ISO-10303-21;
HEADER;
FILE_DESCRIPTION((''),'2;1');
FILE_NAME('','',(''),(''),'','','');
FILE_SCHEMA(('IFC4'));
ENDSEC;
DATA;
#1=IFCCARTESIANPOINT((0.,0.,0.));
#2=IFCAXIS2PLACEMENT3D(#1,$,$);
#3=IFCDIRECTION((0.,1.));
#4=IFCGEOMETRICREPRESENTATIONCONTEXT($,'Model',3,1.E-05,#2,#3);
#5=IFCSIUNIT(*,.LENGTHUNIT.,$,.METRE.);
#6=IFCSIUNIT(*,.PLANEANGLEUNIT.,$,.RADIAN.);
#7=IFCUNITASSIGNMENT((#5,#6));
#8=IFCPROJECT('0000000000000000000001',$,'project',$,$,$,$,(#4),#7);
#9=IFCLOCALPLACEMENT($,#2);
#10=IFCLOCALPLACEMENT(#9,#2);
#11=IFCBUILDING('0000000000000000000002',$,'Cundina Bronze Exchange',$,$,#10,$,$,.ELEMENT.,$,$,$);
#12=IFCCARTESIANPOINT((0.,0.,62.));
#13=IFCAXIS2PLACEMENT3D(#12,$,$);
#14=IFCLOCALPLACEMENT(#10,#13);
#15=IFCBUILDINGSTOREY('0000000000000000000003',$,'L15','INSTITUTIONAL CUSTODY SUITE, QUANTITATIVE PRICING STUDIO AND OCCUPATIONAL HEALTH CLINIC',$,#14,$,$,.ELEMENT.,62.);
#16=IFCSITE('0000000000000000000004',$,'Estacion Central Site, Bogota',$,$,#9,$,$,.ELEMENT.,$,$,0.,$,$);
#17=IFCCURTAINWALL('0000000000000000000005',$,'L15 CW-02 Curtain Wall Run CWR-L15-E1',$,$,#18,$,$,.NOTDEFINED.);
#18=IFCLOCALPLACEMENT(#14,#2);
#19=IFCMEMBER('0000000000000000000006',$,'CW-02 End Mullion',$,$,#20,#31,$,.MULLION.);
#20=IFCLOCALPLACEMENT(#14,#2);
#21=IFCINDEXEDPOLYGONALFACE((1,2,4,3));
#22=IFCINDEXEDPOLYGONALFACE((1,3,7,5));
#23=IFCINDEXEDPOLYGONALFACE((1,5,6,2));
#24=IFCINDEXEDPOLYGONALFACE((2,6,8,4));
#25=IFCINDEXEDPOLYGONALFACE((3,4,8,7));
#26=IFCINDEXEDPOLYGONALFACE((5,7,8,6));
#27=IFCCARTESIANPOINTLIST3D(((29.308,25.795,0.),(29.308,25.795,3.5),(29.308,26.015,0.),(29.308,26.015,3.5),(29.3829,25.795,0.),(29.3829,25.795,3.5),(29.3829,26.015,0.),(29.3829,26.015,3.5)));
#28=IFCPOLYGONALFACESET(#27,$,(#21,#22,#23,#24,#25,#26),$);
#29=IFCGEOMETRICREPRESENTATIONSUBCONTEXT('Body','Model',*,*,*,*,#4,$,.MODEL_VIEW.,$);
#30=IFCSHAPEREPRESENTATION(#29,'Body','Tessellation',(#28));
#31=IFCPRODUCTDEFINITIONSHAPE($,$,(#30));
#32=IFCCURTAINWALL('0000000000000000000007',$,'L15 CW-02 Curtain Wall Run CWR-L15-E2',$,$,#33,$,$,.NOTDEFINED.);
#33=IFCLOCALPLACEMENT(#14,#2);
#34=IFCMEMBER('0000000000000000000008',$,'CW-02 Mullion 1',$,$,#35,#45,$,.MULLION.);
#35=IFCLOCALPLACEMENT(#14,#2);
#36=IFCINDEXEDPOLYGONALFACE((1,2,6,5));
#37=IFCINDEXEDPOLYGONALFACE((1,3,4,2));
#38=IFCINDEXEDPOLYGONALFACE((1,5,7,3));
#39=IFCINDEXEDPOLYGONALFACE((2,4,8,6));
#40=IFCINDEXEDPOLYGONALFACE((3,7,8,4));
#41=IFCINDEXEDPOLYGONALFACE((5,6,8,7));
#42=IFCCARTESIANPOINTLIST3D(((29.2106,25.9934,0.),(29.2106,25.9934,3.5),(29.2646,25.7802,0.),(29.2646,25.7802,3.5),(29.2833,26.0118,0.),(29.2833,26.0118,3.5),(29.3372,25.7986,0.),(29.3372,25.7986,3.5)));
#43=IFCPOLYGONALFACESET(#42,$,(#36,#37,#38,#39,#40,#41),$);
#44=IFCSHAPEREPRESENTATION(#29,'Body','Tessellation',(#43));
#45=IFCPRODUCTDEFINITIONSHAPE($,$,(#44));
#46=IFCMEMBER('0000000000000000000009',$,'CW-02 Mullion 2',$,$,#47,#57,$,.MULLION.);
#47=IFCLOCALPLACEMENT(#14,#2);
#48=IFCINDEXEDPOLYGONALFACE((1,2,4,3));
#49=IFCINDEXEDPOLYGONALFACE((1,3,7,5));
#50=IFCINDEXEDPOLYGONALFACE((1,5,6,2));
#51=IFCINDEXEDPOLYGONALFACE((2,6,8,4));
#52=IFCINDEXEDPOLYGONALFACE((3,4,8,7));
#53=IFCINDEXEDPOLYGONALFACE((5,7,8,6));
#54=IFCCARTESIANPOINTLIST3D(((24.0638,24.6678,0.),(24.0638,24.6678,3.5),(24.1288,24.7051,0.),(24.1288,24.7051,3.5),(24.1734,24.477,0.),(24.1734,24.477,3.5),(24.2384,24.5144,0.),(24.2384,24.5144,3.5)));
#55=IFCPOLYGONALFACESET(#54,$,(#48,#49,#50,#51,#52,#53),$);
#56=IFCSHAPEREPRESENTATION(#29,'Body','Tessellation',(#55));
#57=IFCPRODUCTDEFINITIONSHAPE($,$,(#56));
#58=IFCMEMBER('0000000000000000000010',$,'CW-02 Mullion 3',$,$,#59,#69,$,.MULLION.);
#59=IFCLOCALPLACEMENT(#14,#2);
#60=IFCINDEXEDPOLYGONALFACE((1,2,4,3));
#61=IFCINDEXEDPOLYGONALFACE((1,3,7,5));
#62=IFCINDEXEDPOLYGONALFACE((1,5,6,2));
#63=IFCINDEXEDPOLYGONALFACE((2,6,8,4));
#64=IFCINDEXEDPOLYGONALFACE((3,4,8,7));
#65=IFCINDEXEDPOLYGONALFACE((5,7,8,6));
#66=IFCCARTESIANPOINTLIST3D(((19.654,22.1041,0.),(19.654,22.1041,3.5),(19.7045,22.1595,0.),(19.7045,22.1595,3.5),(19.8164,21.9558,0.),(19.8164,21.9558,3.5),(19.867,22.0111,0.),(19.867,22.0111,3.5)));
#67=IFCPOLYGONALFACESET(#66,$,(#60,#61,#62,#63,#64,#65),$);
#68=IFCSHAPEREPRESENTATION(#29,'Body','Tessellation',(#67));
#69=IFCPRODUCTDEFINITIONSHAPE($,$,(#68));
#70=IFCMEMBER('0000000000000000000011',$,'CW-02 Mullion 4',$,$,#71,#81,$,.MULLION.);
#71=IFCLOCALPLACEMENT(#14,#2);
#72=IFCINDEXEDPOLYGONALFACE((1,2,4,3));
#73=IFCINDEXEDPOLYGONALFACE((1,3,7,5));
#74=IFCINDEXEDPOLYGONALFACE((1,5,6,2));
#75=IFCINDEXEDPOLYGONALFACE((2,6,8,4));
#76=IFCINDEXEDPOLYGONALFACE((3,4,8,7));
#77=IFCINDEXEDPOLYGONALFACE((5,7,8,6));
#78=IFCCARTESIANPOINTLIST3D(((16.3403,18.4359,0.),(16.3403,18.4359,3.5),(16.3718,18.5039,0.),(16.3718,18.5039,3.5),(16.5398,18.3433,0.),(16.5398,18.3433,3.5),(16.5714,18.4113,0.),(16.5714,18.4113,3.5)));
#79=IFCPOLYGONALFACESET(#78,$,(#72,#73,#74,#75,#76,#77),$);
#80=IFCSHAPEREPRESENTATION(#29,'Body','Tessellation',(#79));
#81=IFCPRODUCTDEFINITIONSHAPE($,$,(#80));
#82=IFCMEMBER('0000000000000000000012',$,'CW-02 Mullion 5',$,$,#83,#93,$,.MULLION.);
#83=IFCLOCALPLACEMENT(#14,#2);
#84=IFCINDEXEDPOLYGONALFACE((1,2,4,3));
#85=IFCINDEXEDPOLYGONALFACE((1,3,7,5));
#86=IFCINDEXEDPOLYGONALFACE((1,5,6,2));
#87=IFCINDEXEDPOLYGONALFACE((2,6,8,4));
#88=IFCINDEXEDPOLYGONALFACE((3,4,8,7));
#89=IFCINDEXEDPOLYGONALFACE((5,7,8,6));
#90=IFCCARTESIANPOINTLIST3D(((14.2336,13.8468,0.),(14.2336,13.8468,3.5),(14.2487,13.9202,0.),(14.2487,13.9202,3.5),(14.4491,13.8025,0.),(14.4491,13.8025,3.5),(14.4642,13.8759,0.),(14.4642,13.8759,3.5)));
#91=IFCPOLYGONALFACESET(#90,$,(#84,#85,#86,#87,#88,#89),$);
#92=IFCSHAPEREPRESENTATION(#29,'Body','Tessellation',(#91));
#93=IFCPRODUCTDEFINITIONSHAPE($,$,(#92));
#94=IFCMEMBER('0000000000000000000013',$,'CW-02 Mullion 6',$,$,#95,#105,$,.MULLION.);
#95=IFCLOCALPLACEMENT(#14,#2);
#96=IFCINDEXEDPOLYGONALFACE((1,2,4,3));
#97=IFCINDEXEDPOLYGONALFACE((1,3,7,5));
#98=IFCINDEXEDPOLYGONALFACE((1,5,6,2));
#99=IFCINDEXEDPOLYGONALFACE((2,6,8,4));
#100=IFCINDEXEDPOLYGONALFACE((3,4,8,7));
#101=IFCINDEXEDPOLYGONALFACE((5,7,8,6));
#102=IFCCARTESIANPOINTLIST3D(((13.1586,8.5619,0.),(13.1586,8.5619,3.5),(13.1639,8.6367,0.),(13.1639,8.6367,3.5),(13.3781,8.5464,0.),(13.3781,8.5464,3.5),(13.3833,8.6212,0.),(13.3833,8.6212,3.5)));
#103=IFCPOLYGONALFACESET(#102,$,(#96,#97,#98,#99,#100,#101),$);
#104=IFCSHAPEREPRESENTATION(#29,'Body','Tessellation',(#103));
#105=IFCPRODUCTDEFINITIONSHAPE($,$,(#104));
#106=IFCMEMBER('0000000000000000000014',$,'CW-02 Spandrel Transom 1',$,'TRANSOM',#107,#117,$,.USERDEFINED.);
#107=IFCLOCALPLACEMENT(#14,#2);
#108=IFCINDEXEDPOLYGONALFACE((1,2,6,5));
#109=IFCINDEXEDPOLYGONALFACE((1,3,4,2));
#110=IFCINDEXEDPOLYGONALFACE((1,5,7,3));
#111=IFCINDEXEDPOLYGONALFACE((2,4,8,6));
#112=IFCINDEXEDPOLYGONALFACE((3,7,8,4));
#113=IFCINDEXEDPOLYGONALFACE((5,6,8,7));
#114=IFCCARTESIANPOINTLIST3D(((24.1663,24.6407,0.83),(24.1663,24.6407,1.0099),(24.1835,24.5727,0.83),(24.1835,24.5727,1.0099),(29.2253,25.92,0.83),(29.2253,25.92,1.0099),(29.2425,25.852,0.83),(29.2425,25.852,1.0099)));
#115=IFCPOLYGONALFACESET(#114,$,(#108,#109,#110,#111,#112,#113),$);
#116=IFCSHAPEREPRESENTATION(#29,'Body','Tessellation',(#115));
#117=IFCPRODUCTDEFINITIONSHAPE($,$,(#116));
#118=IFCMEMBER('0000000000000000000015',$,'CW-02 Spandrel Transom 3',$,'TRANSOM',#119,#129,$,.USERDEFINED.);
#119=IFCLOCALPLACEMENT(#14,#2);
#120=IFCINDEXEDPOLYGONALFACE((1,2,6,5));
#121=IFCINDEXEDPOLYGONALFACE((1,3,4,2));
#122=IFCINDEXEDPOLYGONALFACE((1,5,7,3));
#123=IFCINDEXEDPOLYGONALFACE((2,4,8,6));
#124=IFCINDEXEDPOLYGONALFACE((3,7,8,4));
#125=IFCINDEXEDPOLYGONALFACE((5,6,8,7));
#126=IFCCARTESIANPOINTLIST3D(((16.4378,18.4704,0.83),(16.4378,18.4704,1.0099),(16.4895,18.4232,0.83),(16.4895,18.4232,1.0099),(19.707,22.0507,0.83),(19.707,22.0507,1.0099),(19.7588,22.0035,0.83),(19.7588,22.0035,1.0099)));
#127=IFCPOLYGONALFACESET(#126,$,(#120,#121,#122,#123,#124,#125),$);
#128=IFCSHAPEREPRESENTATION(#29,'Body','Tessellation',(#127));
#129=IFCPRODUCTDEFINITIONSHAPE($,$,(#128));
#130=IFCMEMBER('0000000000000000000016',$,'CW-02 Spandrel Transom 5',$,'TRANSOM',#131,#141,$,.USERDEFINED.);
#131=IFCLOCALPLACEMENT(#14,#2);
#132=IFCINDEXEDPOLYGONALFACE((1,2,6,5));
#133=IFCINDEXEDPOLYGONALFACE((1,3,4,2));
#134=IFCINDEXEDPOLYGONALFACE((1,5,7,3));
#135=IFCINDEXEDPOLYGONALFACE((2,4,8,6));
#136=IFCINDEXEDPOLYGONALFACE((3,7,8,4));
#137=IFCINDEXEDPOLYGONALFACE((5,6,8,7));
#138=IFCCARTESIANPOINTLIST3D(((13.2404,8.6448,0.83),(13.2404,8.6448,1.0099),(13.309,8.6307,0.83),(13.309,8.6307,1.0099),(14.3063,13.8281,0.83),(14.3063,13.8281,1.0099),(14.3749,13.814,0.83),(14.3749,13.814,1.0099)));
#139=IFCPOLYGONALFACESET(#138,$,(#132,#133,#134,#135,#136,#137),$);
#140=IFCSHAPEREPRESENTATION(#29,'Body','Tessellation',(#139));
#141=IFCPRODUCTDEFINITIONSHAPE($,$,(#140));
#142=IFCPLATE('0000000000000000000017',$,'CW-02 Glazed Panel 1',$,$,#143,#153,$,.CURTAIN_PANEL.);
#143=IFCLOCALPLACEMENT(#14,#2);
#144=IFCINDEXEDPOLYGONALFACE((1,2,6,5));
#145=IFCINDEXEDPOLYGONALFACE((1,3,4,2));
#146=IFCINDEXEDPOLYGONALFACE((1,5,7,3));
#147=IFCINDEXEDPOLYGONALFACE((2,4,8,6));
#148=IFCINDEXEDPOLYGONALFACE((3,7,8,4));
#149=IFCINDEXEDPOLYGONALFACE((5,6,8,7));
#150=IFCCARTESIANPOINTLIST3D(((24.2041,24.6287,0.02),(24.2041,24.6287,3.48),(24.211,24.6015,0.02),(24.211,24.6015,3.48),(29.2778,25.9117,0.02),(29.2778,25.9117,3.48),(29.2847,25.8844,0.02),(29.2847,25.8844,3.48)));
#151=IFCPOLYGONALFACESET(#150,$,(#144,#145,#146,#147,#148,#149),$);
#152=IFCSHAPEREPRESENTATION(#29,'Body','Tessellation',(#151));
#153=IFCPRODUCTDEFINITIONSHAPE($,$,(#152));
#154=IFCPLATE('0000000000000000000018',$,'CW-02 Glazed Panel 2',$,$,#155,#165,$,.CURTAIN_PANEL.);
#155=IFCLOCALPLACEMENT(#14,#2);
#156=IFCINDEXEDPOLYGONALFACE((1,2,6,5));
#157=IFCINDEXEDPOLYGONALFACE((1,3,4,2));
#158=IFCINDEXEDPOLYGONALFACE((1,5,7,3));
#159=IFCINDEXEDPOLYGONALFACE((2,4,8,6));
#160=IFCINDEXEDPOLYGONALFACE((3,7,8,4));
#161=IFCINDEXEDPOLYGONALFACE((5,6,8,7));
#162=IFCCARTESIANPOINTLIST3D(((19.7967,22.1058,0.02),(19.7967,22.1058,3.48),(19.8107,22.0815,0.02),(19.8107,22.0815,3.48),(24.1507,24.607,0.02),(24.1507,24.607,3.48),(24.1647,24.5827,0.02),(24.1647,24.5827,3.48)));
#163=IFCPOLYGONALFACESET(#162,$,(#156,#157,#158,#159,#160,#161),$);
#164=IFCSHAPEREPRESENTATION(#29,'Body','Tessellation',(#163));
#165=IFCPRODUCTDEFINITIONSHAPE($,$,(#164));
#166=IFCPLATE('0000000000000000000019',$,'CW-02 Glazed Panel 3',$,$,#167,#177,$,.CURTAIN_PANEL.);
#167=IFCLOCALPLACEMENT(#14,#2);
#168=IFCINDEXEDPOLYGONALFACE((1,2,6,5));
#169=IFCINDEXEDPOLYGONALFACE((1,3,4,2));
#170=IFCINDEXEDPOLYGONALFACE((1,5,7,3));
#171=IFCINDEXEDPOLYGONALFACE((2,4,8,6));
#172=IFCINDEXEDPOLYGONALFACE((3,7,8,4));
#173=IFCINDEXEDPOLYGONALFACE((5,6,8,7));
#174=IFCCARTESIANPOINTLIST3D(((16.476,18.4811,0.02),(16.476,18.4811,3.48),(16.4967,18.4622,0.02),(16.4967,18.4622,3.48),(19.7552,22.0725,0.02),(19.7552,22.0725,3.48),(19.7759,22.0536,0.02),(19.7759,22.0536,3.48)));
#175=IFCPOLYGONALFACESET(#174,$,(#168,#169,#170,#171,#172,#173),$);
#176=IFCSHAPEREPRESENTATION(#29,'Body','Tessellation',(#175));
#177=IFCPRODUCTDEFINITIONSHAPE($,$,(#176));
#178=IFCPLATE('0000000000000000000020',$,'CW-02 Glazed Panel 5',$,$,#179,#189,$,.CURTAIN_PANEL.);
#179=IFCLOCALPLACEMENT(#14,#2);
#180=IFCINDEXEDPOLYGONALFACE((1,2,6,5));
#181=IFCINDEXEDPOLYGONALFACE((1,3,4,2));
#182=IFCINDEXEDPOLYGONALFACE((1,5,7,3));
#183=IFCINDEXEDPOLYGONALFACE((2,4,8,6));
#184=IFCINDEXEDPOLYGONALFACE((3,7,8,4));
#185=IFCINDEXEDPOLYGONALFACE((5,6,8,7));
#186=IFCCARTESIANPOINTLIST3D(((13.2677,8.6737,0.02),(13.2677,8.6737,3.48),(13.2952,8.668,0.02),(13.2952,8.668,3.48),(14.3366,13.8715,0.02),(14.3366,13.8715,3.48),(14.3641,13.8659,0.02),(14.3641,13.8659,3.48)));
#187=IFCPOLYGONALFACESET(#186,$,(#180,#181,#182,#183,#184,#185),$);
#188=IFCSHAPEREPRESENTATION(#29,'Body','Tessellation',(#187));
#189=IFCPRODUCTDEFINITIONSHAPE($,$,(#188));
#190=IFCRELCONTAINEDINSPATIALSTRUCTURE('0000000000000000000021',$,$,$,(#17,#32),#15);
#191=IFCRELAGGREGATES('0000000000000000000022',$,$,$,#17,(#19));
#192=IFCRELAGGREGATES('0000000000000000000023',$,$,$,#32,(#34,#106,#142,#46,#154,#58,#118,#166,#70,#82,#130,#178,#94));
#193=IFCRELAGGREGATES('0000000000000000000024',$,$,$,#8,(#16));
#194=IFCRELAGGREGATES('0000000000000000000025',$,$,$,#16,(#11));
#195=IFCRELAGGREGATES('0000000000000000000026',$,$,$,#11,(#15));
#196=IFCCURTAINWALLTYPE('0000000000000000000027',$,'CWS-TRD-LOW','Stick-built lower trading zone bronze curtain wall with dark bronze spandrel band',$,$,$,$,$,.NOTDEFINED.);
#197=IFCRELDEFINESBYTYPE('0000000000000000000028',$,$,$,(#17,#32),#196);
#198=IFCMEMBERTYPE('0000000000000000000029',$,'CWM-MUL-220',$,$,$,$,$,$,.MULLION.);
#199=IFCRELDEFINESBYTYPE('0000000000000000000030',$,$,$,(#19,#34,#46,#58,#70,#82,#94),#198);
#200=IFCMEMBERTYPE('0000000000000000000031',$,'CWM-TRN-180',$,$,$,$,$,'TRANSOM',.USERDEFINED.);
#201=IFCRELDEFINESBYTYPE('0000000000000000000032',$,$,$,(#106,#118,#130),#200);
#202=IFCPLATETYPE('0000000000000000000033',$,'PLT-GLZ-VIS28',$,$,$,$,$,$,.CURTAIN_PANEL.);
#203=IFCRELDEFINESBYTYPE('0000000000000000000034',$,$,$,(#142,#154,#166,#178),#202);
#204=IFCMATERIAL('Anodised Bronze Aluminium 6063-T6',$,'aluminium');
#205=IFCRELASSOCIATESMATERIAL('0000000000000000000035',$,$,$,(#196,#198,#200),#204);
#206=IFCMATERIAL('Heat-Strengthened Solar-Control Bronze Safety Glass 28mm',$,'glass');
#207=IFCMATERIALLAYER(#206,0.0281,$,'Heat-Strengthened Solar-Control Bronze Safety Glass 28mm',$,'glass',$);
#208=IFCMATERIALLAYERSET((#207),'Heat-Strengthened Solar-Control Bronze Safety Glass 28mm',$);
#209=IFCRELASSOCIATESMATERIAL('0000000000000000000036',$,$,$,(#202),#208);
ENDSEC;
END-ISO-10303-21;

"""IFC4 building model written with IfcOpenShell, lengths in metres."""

from ifc_helpers import new_model, si_unit, direction, frame, origin, origin_2d, place, context, subcontext, project, spatial, rectangle, extrude, material, layer, layer_set, material_profile, profile_set, type_object, element, aggregate, save


model = new_model("IFC4")

# Units and contexts
model_context = context("Model", 3, precision=1e-05, world=origin(), true_north=direction((0.0, 1.0)))
body_context = subcontext(model_context, "Body", "Model", "MODEL_VIEW")
ifc_project = project(units=[si_unit("LENGTHUNIT", "METRE"), si_unit("PLANEANGLEUNIT", "RADIAN")], contexts=[model_context])

# Site, building, storey
site_placement = place(None, origin())
site = spatial("IfcSite", under=ifc_project, at=site_placement, Name="Estacion Central Site, Bogota", CompositionType="ELEMENT", RefElevation=0.0)
building_placement = place(site_placement, origin())
building = spatial("IfcBuilding", under=site, at=building_placement, Name="Cundina Bronze Exchange", CompositionType="ELEMENT")
storey_placement = place(building_placement, frame((0.0, 0.0, 62.0)))
storey = spatial("IfcBuildingStorey", under=building, at=storey_placement, Name="L15", Description="INSTITUTIONAL CUSTODY SUITE, QUANTITATIVE PRICING STUDIO AND OCCUPATIONAL HEALTH CLINIC", CompositionType="ELEMENT", Elevation=62.0)

# Curtain wall, member
ifc_material_1 = material(Name="Anodised Bronze Aluminium 6063-T6", Category="aluminium")
curtain_wall_type = type_object("IfcCurtainWallType", Name="CWS-TRD-LOW", Description="Stick-built lower trading zone bronze curtain wall with dark bronze spandrel band", PredefinedType="NOTDEFINED", material=ifc_material_1)
curtain_wall_1_placement = place(storey_placement, origin())
curtain_wall_1 = element("IfcCurtainWall", 1, at=curtain_wall_1_placement, inside=storey, type_object=curtain_wall_type, Name="L15 CW-02 Curtain Wall Run CWR-L15-E1", PredefinedType="NOTDEFINED")
ifc_material_profile_1 = material_profile(ifc_material_1, rectangle(XDim=0.075, YDim=0.22, at=origin_2d()), Name="AL75X220", Category="aluminium")
ifc_profile_set_1 = profile_set([ifc_material_profile_1], Name="Anodised Bronze Aluminium 6063-T6")
member_type_1 = type_object("IfcMemberType", Name="CWM-MUL-220", PredefinedType="MULLION", material=ifc_profile_set_1)
member_1_placement = place(storey_placement, frame((29.3455, 25.905, 0.0), z_axis=(0.0, 0.0, 1.0), x_axis=(-1.0, 0.0, 0.0)))
member_1 = element("IfcMember", 2, at=member_1_placement, type_object=member_type_1, Name="CW-02 End Mullion", PredefinedType="MULLION", context=body_context, shape_type="SweptSolid", body=[
    extrude(rectangle(XDim=0.075, YDim=0.22, at=origin_2d()), origin(), (0.0, 0.0, 1.0), 3.5),
])
aggregate(curtain_wall_1, [member_1])

# Curtain wall, members, plates
curtain_wall_2_placement = place(storey_placement, origin())
curtain_wall_2 = element("IfcCurtainWall", 3, at=curtain_wall_2_placement, inside=storey, type_object=curtain_wall_type, Name="L15 CW-02 Curtain Wall Run CWR-L15-E2", PredefinedType="NOTDEFINED")
member_2_placement = place(storey_placement, frame((29.2739, 25.896, 0.0), z_axis=(0.0, 0.0, 1.0), x_axis=(-0.969488, -0.245138, 0.0)))
member_2 = element("IfcMember", 4, at=member_2_placement, type_object=member_type_1, Name="CW-02 Mullion 1", PredefinedType="MULLION", context=body_context, shape_type="SweptSolid", body=[
    extrude(rectangle(XDim=0.075, YDim=0.22, at=origin_2d()), origin(), (0.0, 0.0, 1.0), 3.5),
])
member_3_placement = place(storey_placement, frame((24.1511, 24.5911, 0.0), z_axis=(0.0, 0.0, 1.0), x_axis=(-0.867071, -0.498185, 0.0)))
member_3 = element("IfcMember", 5, at=member_3_placement, type_object=member_type_1, Name="CW-02 Mullion 2", PredefinedType="MULLION", context=body_context, shape_type="SweptSolid", body=[
    extrude(rectangle(XDim=0.075, YDim=0.22, at=origin_2d()), origin(), (0.0, 0.0, 1.0), 3.5),
])
member_4_placement = place(storey_placement, frame((19.7605, 22.0576, 0.0), z_axis=(0.0, 0.0, 1.0), x_axis=(-0.674302, -0.738455, 0.0)))
member_4 = element("IfcMember", 6, at=member_4_placement, type_object=member_type_1, Name="CW-02 Mullion 3", PredefinedType="MULLION", context=body_context, shape_type="SweptSolid", body=[
    extrude(rectangle(XDim=0.075, YDim=0.22, at=origin_2d()), origin(), (0.0, 0.0, 1.0), 3.5),
])
member_5_placement = place(storey_placement, frame((16.4558, 18.4236, 0.0), z_axis=(0.0, 0.0, 1.0), x_axis=(-0.420877, -0.907117, 0.0)))
member_5 = element("IfcMember", 7, at=member_5_placement, type_object=member_type_1, Name="CW-02 Mullion 4", PredefinedType="MULLION", context=body_context, shape_type="SweptSolid", body=[
    extrude(rectangle(XDim=0.075, YDim=0.22, at=origin_2d()), origin(), (0.0, 0.0, 1.0), 3.5),
])
member_6_placement = place(storey_placement, frame((14.3489, 13.8613, 0.0), z_axis=(0.0, 0.0, 1.0), x_axis=(-0.20142, -0.979505, 0.0)))
member_6 = element("IfcMember", 8, at=member_6_placement, type_object=member_type_1, Name="CW-02 Mullion 5", PredefinedType="MULLION", context=body_context, shape_type="SweptSolid", body=[
    extrude(rectangle(XDim=0.075, YDim=0.22, at=origin_2d()), origin(), (0.0, 0.0, 1.0), 3.5),
])
member_7_placement = place(storey_placement, frame((13.271, 8.5916, 0.0), z_axis=(0.0, 0.0, 1.0), x_axis=(-0.070279, -0.997527, 0.0)))
member_7 = element("IfcMember", 9, at=member_7_placement, type_object=member_type_1, Name="CW-02 Mullion 6", PredefinedType="MULLION", context=body_context, shape_type="SweptSolid", body=[
    extrude(rectangle(XDim=0.075, YDim=0.22, at=origin_2d()), origin(), (0.0, 0.0, 1.0), 3.5),
])
ifc_material_profile_2 = material_profile(ifc_material_1, rectangle(XDim=0.0701, YDim=0.1799, at=origin_2d()), Name="AL70X180", Category="aluminium")
ifc_profile_set_2 = profile_set([ifc_material_profile_2], Name="Anodised Bronze Aluminium 6063-T6")
member_type_2 = type_object("IfcMemberType", Name="CWM-TRN-180", ElementType="TRANSOM", PredefinedType="USERDEFINED", material=ifc_profile_set_2)
member_8_placement = place(storey_placement, frame((29.2339, 25.886, 0.9199), z_axis=(-0.969484, -0.245155, 0.0), x_axis=(0.245155, -0.969484, 0.0)))
member_8 = element("IfcMember", 10, at=member_8_placement, type_object=member_type_2, Name="CW-02 Spandrel Transom 1", ObjectType="TRANSOM", PredefinedType="USERDEFINED", context=body_context, shape_type="SweptSolid", body=[
    extrude(rectangle(XDim=0.0701, YDim=0.1799, at=origin_2d()), origin(), (0.0, 0.0, 1.0), 5.2183),
])
member_9_placement = place(storey_placement, frame((19.7329, 22.0271, 0.9199), z_axis=(-0.674303, -0.738455, 0.0), x_axis=(0.738455, -0.674303, 0.0)))
member_9 = element("IfcMember", 11, at=member_9_placement, type_object=member_type_2, Name="CW-02 Spandrel Transom 3", ObjectType="TRANSOM", PredefinedType="USERDEFINED", context=body_context, shape_type="SweptSolid", body=[
    extrude(rectangle(XDim=0.0701, YDim=0.1799, at=origin_2d()), origin(), (0.0, 0.0, 1.0), 4.8484),
])
member_10_placement = place(storey_placement, frame((14.3406, 13.821, 0.9199), z_axis=(-0.201428, -0.979503, 0.0), x_axis=(0.979503, -0.201428, 0.0)))
member_10 = element("IfcMember", 12, at=member_10_placement, type_object=member_type_2, Name="CW-02 Spandrel Transom 5", ObjectType="TRANSOM", PredefinedType="USERDEFINED", context=body_context, shape_type="SweptSolid", body=[
    extrude(rectangle(XDim=0.0701, YDim=0.1799, at=origin_2d()), origin(), (0.0, 0.0, 1.0), 5.2917),
])
ifc_material_2 = material(Name="Heat-Strengthened Solar-Control Bronze Safety Glass 28mm", Category="glass")
ifc_layer_1 = layer(ifc_material_2, 0.0281, Name="Heat-Strengthened Solar-Control Bronze Safety Glass 28mm", Category="glass")
ifc_layer_set_1 = layer_set([ifc_layer_1], Name="Heat-Strengthened Solar-Control Bronze Safety Glass 28mm")
plate_type_1 = type_object("IfcPlateType", Name="PLT-GLZ-VIS28", PredefinedType="CURTAIN_PANEL", material=ifc_layer_set_1)
plate_1_placement = place(storey_placement, frame((26.7444, 25.2566, 0.02), z_axis=(0.0, 0.0, 1.0), x_axis=(-0.969488, -0.245138, 0.0)))
plate_1 = element("IfcPlate", 13, at=plate_1_placement, type_object=plate_type_1, Name="CW-02 Glazed Panel 1", PredefinedType="CURTAIN_PANEL", context=body_context, shape_type="SweptSolid", body=[
    extrude(rectangle(XDim=5.2334, YDim=0.0281, at=origin_2d()), origin(), (0.0, 0.0, 1.0), 3.46),
])
plate_2_placement = place(storey_placement, frame((21.9807, 23.3442, 0.02), z_axis=(0.0, 0.0, 1.0), x_axis=(-0.867105, -0.498125, 0.0)))
plate_2 = element("IfcPlate", 14, at=plate_2_placement, type_object=plate_type_1, Name="CW-02 Glazed Panel 2", PredefinedType="CURTAIN_PANEL", context=body_context, shape_type="SweptSolid", body=[
    extrude(rectangle(XDim=5.0212, YDim=0.0281, at=origin_2d()), origin(), (0.0, 0.0, 1.0), 3.46),
])
plate_3_placement = place(storey_placement, frame((18.126, 20.2673, 0.02), z_axis=(0.0, 0.0, 1.0), x_axis=(-0.674277, -0.738479, 0.0)))
plate_3 = element("IfcPlate", 15, at=plate_3_placement, type_object=plate_type_1, Name="CW-02 Glazed Panel 3", PredefinedType="CURTAIN_PANEL", context=body_context, shape_type="SweptSolid", body=[
    extrude(rectangle(XDim=4.8633, YDim=0.0281, at=origin_2d()), origin(), (0.0, 0.0, 1.0), 3.46),
])
plate_4_placement = place(storey_placement, frame((13.8159, 11.2698, 0.02), z_axis=(0.0, 0.0, 1.0), x_axis=(-0.20142, -0.979505, 0.0)))
plate_4 = element("IfcPlate", 16, at=plate_4_placement, type_object=plate_type_1, Name="CW-02 Glazed Panel 5", PredefinedType="CURTAIN_PANEL", context=body_context, shape_type="SweptSolid", body=[
    extrude(rectangle(XDim=5.3066, YDim=0.0281, at=origin_2d()), origin(), (0.0, 0.0, 1.0), 3.46),
])
aggregate(curtain_wall_2, [member_2, member_8, plate_1, member_3, plate_2, member_4, member_9, plate_3, member_5, member_6, member_10, plate_4, member_7])

save(model, "model.ifc")
